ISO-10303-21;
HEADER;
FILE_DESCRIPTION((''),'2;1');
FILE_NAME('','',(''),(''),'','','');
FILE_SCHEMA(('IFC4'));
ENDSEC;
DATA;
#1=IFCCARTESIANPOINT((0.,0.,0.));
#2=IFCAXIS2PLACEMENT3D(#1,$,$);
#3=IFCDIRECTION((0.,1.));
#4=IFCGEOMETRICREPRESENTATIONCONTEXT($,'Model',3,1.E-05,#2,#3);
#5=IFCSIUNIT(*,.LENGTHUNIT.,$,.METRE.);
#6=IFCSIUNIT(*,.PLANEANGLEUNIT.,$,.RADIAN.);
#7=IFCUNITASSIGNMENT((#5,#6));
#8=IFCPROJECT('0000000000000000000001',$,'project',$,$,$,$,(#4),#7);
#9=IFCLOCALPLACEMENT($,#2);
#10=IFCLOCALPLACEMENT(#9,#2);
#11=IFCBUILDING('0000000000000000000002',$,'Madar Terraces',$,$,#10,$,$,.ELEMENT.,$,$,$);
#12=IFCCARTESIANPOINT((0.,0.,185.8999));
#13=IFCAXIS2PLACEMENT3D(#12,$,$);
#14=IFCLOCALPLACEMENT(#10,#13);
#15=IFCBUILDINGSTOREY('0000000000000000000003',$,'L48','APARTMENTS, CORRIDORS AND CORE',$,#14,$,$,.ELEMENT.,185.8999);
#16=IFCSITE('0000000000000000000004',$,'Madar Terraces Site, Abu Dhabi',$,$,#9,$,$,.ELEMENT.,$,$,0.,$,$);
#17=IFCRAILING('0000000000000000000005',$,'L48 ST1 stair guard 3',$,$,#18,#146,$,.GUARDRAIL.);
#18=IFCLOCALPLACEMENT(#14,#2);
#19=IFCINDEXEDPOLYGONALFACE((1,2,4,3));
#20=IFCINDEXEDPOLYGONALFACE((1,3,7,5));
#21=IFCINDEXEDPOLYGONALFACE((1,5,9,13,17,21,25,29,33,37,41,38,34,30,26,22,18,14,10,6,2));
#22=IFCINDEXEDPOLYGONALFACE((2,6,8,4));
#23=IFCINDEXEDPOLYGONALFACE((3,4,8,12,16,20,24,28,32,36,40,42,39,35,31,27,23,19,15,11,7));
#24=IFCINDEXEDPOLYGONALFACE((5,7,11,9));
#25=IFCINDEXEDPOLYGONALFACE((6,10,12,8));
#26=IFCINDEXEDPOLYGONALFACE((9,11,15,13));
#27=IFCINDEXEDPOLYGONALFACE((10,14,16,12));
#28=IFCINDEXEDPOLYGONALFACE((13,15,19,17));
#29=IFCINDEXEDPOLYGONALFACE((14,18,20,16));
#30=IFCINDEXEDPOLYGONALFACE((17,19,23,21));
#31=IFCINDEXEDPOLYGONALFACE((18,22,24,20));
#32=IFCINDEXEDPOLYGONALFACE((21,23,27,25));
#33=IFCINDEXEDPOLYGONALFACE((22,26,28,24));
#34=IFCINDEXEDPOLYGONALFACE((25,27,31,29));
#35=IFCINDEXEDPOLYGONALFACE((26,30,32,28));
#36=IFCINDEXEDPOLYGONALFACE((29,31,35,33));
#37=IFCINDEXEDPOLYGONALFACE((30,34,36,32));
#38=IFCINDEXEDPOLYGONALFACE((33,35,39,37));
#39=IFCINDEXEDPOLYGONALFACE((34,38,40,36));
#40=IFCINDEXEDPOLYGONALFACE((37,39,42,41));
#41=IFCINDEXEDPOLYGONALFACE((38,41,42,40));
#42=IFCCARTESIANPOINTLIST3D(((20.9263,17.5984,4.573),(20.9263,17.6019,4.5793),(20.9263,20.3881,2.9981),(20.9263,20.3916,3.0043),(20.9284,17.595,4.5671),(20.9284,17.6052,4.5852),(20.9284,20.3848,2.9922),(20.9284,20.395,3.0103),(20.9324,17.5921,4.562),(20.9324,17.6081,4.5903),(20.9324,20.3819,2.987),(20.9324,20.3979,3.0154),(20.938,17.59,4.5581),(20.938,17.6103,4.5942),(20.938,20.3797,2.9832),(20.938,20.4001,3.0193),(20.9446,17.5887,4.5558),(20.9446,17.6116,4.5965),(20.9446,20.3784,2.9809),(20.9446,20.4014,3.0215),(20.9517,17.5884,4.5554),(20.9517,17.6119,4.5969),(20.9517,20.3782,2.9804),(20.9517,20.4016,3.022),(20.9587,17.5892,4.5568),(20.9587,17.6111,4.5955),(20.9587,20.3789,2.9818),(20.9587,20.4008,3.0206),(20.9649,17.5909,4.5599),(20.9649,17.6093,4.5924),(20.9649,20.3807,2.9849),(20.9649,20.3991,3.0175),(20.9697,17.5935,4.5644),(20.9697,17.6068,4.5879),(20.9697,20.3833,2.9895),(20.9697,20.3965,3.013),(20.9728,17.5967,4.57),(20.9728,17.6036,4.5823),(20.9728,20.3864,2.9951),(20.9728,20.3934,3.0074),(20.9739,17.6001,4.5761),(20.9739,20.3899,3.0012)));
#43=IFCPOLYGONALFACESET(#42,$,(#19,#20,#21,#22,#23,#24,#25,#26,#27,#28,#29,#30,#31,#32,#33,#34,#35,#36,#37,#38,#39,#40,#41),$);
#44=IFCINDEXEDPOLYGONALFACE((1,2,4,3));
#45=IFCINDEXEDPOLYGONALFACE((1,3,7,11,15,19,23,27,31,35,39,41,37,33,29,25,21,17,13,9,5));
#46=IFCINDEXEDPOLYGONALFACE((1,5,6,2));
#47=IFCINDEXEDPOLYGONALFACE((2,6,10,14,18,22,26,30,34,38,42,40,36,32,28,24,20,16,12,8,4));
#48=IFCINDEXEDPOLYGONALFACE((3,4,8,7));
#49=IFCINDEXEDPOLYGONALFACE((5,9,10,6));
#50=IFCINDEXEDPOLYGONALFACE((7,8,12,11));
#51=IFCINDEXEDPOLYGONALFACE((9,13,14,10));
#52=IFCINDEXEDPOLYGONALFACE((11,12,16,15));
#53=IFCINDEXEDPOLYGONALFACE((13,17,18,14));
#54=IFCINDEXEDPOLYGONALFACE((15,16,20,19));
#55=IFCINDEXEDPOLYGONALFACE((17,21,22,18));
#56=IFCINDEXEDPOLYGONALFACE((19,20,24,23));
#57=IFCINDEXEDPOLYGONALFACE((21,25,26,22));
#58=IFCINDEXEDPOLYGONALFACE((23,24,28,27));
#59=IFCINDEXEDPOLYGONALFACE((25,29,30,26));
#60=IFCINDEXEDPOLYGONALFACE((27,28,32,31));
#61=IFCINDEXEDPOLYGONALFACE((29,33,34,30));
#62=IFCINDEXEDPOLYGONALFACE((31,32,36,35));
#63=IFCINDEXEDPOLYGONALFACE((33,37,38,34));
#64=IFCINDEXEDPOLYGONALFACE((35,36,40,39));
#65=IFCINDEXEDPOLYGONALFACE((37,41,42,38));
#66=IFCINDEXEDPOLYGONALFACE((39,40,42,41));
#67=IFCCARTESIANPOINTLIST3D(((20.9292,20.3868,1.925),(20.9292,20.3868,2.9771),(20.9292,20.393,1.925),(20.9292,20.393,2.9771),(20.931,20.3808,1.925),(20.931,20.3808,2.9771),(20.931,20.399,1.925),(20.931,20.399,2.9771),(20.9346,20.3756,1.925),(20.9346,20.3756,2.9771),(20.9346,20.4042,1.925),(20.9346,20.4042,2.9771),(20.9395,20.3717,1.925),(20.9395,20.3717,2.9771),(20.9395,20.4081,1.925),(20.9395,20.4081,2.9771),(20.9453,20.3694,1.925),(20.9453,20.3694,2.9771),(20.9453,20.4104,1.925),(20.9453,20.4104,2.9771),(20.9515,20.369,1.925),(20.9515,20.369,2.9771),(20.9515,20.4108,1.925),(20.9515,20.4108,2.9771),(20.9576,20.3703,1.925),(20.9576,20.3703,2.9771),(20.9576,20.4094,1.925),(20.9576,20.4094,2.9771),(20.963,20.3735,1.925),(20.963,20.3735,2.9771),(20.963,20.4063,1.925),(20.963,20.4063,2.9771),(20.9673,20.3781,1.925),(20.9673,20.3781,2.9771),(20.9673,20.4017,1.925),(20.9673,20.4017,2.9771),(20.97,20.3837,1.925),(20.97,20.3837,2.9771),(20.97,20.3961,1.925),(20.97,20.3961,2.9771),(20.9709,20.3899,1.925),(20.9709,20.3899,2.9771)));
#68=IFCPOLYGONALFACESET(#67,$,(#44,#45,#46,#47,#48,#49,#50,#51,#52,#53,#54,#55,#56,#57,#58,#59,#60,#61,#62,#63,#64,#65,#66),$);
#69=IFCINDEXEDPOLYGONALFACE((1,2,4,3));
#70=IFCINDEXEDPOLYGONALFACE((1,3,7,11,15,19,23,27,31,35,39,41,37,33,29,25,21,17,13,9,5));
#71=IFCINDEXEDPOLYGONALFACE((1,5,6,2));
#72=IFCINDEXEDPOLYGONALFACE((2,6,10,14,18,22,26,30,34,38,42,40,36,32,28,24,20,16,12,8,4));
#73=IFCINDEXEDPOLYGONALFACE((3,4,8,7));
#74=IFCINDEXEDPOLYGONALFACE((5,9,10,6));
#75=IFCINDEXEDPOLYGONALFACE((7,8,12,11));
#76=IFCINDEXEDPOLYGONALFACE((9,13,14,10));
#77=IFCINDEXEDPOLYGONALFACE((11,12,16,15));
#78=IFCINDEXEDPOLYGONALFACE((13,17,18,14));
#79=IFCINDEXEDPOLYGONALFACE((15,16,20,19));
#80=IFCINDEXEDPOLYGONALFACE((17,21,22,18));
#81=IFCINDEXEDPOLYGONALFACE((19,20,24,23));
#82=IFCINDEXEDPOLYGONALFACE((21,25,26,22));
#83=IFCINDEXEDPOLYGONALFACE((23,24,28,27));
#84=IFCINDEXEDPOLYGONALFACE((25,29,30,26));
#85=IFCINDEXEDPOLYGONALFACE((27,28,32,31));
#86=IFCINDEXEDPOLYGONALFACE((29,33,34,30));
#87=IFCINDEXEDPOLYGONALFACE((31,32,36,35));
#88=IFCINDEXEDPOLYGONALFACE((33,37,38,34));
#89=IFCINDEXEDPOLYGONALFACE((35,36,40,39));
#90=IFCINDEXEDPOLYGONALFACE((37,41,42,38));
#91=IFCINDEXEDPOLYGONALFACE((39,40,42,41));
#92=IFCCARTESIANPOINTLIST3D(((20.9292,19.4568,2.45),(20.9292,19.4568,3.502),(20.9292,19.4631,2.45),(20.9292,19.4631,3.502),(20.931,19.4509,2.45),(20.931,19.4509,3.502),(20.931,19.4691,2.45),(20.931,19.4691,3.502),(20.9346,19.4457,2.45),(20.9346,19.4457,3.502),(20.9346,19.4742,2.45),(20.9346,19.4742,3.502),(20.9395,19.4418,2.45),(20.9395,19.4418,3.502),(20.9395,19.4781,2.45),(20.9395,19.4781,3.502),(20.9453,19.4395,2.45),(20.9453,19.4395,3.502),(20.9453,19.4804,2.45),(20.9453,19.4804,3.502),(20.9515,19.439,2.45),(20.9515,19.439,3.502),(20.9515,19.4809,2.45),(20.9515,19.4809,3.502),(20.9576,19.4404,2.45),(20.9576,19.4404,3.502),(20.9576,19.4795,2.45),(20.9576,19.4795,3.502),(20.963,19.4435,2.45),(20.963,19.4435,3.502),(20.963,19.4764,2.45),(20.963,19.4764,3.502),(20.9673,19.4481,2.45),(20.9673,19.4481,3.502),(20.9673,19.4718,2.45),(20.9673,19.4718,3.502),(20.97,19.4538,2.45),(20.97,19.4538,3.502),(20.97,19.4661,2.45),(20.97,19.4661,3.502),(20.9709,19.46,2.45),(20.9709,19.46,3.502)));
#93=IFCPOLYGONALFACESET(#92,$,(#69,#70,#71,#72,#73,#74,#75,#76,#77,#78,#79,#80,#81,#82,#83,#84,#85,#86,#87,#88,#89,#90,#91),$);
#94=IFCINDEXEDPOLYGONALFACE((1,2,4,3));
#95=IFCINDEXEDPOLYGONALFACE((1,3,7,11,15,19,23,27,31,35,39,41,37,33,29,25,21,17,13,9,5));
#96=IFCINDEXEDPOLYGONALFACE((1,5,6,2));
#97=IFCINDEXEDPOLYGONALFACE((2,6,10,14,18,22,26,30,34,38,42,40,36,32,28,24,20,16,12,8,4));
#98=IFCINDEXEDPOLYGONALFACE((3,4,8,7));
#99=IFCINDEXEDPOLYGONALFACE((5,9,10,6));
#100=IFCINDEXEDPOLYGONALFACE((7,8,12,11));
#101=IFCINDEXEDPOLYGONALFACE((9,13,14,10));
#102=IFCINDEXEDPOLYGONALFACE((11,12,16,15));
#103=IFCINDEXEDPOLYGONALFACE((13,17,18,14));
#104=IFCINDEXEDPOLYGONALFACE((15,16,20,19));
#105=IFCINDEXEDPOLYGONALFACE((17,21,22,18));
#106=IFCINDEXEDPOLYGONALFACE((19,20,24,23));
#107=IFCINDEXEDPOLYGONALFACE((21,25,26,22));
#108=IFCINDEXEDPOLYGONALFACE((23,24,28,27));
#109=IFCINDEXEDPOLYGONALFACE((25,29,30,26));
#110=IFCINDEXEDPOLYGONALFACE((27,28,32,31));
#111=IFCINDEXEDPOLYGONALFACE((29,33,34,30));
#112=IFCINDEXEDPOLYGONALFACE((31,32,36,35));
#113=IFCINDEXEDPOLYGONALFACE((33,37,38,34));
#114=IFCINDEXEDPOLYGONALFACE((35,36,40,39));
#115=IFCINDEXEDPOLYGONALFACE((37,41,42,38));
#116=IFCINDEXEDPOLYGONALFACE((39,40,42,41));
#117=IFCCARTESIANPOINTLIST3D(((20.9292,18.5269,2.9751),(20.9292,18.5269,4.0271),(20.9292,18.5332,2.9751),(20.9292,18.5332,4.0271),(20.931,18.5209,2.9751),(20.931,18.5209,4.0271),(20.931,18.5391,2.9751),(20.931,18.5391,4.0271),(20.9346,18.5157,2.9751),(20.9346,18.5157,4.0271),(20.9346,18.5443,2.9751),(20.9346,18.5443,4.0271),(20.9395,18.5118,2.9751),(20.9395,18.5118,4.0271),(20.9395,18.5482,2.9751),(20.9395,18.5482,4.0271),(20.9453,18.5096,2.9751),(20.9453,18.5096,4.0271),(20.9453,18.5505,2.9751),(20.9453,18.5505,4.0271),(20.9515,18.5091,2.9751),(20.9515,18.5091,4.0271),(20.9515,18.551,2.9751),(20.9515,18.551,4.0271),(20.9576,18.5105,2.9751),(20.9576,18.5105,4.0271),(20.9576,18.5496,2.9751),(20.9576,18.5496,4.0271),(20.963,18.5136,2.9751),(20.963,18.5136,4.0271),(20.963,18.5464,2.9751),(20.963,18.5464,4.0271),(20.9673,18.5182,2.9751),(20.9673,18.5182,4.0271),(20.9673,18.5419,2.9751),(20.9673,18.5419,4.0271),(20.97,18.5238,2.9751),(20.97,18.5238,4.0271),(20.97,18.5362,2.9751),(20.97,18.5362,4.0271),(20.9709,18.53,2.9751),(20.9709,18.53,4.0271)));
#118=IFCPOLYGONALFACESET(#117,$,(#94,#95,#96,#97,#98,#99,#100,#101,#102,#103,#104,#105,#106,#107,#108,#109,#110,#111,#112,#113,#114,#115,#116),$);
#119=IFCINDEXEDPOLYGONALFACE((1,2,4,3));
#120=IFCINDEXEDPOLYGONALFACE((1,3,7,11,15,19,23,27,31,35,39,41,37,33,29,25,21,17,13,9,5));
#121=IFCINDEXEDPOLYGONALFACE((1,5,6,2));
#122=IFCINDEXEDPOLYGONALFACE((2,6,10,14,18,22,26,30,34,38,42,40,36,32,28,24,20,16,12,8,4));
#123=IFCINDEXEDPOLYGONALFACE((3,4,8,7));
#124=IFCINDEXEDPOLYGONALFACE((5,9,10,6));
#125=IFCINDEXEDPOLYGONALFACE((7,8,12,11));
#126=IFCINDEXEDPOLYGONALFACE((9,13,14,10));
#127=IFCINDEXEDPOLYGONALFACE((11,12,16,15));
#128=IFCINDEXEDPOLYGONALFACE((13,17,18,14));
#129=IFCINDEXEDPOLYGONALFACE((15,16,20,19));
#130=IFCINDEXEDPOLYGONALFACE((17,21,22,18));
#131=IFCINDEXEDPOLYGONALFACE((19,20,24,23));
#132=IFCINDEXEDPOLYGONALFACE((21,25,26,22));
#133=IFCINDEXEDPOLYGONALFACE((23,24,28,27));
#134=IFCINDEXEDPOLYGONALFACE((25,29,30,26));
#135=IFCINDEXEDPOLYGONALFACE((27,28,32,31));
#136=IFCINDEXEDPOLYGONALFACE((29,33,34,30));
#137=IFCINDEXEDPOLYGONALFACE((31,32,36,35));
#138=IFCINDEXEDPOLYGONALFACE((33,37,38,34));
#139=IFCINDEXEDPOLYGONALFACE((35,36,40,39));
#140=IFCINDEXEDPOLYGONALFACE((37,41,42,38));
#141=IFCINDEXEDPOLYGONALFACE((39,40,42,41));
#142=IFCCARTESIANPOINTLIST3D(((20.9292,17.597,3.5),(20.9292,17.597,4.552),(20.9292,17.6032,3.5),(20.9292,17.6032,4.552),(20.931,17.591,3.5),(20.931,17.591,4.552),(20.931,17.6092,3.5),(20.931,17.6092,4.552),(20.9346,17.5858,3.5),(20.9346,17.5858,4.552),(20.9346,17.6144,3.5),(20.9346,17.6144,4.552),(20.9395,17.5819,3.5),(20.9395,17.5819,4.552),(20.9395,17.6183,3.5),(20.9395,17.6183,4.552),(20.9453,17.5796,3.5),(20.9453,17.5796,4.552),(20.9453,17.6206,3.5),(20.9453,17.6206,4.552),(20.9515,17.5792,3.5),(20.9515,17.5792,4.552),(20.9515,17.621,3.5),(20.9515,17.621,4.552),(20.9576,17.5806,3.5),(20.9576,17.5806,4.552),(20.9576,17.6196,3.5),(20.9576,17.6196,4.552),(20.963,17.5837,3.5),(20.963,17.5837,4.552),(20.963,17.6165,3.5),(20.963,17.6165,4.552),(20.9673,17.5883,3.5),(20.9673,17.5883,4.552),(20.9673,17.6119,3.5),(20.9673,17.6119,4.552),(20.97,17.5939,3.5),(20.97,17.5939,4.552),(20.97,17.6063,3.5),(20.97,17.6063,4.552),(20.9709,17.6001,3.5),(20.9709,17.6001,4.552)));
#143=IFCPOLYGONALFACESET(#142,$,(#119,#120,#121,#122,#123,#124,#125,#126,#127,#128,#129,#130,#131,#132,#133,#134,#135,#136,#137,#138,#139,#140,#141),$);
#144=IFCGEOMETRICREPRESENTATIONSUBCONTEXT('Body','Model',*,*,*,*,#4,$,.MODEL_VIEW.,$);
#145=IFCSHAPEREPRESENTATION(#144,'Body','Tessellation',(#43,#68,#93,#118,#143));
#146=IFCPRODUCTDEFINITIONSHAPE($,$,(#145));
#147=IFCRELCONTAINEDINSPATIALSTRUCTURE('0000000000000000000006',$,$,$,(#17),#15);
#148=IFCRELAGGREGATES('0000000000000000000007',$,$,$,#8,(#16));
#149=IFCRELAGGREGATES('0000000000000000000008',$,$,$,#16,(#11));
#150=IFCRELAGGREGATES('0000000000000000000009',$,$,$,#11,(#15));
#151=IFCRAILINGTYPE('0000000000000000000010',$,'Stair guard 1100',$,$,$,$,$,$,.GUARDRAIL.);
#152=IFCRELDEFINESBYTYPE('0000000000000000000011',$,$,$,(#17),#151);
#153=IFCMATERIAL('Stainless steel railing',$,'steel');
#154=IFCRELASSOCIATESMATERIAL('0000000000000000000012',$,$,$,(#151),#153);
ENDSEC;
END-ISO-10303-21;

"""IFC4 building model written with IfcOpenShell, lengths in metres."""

from ifc_helpers import new_model, si_unit, direction, frame, origin, origin_2d, place, context, subcontext, project, spatial, circle, extrude, material, type_object, element, save


model = new_model("IFC4")

# Units and contexts
model_context = context("Model", 3, precision=1e-05, world=origin(), true_north=direction((0.0, 1.0)))
body_context = subcontext(model_context, "Body", "Model", "MODEL_VIEW")
ifc_project = project(units=[si_unit("LENGTHUNIT", "METRE"), si_unit("PLANEANGLEUNIT", "RADIAN")], contexts=[model_context])

# Site, building, storey
site_placement = place(None, origin())
site = spatial("IfcSite", under=ifc_project, at=site_placement, Name="Madar Terraces Site, Abu Dhabi", CompositionType="ELEMENT", RefElevation=0.0)
building_placement = place(site_placement, origin())
building = spatial("IfcBuilding", under=site, at=building_placement, Name="Madar Terraces", CompositionType="ELEMENT")
storey_placement = place(building_placement, frame((0.0, 0.0, 185.8999)))
storey = spatial("IfcBuildingStorey", under=building, at=storey_placement, Name="L48", Description="APARTMENTS, CORRIDORS AND CORE", CompositionType="ELEMENT", Elevation=185.8999)

# Railing
ifc_material_1 = material(Name="Stainless steel railing", Category="steel")
railing_type_1 = type_object("IfcRailingType", Name="Stair guard 1100", PredefinedType="GUARDRAIL", material=ifc_material_1)
railing_1_placement = place(storey_placement, frame((20.95, 20.3899, 1.925)))
element("IfcRailing", 1, at=railing_1_placement, inside=storey, type_object=railing_type_1, Name="L48 ST1 stair guard 3", PredefinedType="GUARDRAIL", context=body_context, shape_type="SweptSolid", body=[
    extrude(circle(Radius=0.0239, at=origin_2d()), frame((0.0, 0.0, 1.0762), z_axis=(0.0, -0.870815, 0.49161), x_axis=(1.0, 0.0, 0.0)), (0.0, 0.0, 1.0), 3.2036),
    extrude(circle(Radius=0.021, at=origin_2d()), origin(), (0.0, 0.0, 1.0), 1.052),
    extrude(circle(Radius=0.021, at=origin_2d()), frame((0.0, -0.9299, 0.5249)), (0.0, 0.0, 1.0), 1.052),
    extrude(circle(Radius=0.021, at=origin_2d()), frame((0.0, -1.8599, 1.05)), (0.0, 0.0, 1.0), 1.052),
    extrude(circle(Radius=0.021, at=origin_2d()), frame((0.0, -2.7898, 1.575)), (0.0, 0.0, 1.0), 1.052),
])

save(model, "model.ifc")
